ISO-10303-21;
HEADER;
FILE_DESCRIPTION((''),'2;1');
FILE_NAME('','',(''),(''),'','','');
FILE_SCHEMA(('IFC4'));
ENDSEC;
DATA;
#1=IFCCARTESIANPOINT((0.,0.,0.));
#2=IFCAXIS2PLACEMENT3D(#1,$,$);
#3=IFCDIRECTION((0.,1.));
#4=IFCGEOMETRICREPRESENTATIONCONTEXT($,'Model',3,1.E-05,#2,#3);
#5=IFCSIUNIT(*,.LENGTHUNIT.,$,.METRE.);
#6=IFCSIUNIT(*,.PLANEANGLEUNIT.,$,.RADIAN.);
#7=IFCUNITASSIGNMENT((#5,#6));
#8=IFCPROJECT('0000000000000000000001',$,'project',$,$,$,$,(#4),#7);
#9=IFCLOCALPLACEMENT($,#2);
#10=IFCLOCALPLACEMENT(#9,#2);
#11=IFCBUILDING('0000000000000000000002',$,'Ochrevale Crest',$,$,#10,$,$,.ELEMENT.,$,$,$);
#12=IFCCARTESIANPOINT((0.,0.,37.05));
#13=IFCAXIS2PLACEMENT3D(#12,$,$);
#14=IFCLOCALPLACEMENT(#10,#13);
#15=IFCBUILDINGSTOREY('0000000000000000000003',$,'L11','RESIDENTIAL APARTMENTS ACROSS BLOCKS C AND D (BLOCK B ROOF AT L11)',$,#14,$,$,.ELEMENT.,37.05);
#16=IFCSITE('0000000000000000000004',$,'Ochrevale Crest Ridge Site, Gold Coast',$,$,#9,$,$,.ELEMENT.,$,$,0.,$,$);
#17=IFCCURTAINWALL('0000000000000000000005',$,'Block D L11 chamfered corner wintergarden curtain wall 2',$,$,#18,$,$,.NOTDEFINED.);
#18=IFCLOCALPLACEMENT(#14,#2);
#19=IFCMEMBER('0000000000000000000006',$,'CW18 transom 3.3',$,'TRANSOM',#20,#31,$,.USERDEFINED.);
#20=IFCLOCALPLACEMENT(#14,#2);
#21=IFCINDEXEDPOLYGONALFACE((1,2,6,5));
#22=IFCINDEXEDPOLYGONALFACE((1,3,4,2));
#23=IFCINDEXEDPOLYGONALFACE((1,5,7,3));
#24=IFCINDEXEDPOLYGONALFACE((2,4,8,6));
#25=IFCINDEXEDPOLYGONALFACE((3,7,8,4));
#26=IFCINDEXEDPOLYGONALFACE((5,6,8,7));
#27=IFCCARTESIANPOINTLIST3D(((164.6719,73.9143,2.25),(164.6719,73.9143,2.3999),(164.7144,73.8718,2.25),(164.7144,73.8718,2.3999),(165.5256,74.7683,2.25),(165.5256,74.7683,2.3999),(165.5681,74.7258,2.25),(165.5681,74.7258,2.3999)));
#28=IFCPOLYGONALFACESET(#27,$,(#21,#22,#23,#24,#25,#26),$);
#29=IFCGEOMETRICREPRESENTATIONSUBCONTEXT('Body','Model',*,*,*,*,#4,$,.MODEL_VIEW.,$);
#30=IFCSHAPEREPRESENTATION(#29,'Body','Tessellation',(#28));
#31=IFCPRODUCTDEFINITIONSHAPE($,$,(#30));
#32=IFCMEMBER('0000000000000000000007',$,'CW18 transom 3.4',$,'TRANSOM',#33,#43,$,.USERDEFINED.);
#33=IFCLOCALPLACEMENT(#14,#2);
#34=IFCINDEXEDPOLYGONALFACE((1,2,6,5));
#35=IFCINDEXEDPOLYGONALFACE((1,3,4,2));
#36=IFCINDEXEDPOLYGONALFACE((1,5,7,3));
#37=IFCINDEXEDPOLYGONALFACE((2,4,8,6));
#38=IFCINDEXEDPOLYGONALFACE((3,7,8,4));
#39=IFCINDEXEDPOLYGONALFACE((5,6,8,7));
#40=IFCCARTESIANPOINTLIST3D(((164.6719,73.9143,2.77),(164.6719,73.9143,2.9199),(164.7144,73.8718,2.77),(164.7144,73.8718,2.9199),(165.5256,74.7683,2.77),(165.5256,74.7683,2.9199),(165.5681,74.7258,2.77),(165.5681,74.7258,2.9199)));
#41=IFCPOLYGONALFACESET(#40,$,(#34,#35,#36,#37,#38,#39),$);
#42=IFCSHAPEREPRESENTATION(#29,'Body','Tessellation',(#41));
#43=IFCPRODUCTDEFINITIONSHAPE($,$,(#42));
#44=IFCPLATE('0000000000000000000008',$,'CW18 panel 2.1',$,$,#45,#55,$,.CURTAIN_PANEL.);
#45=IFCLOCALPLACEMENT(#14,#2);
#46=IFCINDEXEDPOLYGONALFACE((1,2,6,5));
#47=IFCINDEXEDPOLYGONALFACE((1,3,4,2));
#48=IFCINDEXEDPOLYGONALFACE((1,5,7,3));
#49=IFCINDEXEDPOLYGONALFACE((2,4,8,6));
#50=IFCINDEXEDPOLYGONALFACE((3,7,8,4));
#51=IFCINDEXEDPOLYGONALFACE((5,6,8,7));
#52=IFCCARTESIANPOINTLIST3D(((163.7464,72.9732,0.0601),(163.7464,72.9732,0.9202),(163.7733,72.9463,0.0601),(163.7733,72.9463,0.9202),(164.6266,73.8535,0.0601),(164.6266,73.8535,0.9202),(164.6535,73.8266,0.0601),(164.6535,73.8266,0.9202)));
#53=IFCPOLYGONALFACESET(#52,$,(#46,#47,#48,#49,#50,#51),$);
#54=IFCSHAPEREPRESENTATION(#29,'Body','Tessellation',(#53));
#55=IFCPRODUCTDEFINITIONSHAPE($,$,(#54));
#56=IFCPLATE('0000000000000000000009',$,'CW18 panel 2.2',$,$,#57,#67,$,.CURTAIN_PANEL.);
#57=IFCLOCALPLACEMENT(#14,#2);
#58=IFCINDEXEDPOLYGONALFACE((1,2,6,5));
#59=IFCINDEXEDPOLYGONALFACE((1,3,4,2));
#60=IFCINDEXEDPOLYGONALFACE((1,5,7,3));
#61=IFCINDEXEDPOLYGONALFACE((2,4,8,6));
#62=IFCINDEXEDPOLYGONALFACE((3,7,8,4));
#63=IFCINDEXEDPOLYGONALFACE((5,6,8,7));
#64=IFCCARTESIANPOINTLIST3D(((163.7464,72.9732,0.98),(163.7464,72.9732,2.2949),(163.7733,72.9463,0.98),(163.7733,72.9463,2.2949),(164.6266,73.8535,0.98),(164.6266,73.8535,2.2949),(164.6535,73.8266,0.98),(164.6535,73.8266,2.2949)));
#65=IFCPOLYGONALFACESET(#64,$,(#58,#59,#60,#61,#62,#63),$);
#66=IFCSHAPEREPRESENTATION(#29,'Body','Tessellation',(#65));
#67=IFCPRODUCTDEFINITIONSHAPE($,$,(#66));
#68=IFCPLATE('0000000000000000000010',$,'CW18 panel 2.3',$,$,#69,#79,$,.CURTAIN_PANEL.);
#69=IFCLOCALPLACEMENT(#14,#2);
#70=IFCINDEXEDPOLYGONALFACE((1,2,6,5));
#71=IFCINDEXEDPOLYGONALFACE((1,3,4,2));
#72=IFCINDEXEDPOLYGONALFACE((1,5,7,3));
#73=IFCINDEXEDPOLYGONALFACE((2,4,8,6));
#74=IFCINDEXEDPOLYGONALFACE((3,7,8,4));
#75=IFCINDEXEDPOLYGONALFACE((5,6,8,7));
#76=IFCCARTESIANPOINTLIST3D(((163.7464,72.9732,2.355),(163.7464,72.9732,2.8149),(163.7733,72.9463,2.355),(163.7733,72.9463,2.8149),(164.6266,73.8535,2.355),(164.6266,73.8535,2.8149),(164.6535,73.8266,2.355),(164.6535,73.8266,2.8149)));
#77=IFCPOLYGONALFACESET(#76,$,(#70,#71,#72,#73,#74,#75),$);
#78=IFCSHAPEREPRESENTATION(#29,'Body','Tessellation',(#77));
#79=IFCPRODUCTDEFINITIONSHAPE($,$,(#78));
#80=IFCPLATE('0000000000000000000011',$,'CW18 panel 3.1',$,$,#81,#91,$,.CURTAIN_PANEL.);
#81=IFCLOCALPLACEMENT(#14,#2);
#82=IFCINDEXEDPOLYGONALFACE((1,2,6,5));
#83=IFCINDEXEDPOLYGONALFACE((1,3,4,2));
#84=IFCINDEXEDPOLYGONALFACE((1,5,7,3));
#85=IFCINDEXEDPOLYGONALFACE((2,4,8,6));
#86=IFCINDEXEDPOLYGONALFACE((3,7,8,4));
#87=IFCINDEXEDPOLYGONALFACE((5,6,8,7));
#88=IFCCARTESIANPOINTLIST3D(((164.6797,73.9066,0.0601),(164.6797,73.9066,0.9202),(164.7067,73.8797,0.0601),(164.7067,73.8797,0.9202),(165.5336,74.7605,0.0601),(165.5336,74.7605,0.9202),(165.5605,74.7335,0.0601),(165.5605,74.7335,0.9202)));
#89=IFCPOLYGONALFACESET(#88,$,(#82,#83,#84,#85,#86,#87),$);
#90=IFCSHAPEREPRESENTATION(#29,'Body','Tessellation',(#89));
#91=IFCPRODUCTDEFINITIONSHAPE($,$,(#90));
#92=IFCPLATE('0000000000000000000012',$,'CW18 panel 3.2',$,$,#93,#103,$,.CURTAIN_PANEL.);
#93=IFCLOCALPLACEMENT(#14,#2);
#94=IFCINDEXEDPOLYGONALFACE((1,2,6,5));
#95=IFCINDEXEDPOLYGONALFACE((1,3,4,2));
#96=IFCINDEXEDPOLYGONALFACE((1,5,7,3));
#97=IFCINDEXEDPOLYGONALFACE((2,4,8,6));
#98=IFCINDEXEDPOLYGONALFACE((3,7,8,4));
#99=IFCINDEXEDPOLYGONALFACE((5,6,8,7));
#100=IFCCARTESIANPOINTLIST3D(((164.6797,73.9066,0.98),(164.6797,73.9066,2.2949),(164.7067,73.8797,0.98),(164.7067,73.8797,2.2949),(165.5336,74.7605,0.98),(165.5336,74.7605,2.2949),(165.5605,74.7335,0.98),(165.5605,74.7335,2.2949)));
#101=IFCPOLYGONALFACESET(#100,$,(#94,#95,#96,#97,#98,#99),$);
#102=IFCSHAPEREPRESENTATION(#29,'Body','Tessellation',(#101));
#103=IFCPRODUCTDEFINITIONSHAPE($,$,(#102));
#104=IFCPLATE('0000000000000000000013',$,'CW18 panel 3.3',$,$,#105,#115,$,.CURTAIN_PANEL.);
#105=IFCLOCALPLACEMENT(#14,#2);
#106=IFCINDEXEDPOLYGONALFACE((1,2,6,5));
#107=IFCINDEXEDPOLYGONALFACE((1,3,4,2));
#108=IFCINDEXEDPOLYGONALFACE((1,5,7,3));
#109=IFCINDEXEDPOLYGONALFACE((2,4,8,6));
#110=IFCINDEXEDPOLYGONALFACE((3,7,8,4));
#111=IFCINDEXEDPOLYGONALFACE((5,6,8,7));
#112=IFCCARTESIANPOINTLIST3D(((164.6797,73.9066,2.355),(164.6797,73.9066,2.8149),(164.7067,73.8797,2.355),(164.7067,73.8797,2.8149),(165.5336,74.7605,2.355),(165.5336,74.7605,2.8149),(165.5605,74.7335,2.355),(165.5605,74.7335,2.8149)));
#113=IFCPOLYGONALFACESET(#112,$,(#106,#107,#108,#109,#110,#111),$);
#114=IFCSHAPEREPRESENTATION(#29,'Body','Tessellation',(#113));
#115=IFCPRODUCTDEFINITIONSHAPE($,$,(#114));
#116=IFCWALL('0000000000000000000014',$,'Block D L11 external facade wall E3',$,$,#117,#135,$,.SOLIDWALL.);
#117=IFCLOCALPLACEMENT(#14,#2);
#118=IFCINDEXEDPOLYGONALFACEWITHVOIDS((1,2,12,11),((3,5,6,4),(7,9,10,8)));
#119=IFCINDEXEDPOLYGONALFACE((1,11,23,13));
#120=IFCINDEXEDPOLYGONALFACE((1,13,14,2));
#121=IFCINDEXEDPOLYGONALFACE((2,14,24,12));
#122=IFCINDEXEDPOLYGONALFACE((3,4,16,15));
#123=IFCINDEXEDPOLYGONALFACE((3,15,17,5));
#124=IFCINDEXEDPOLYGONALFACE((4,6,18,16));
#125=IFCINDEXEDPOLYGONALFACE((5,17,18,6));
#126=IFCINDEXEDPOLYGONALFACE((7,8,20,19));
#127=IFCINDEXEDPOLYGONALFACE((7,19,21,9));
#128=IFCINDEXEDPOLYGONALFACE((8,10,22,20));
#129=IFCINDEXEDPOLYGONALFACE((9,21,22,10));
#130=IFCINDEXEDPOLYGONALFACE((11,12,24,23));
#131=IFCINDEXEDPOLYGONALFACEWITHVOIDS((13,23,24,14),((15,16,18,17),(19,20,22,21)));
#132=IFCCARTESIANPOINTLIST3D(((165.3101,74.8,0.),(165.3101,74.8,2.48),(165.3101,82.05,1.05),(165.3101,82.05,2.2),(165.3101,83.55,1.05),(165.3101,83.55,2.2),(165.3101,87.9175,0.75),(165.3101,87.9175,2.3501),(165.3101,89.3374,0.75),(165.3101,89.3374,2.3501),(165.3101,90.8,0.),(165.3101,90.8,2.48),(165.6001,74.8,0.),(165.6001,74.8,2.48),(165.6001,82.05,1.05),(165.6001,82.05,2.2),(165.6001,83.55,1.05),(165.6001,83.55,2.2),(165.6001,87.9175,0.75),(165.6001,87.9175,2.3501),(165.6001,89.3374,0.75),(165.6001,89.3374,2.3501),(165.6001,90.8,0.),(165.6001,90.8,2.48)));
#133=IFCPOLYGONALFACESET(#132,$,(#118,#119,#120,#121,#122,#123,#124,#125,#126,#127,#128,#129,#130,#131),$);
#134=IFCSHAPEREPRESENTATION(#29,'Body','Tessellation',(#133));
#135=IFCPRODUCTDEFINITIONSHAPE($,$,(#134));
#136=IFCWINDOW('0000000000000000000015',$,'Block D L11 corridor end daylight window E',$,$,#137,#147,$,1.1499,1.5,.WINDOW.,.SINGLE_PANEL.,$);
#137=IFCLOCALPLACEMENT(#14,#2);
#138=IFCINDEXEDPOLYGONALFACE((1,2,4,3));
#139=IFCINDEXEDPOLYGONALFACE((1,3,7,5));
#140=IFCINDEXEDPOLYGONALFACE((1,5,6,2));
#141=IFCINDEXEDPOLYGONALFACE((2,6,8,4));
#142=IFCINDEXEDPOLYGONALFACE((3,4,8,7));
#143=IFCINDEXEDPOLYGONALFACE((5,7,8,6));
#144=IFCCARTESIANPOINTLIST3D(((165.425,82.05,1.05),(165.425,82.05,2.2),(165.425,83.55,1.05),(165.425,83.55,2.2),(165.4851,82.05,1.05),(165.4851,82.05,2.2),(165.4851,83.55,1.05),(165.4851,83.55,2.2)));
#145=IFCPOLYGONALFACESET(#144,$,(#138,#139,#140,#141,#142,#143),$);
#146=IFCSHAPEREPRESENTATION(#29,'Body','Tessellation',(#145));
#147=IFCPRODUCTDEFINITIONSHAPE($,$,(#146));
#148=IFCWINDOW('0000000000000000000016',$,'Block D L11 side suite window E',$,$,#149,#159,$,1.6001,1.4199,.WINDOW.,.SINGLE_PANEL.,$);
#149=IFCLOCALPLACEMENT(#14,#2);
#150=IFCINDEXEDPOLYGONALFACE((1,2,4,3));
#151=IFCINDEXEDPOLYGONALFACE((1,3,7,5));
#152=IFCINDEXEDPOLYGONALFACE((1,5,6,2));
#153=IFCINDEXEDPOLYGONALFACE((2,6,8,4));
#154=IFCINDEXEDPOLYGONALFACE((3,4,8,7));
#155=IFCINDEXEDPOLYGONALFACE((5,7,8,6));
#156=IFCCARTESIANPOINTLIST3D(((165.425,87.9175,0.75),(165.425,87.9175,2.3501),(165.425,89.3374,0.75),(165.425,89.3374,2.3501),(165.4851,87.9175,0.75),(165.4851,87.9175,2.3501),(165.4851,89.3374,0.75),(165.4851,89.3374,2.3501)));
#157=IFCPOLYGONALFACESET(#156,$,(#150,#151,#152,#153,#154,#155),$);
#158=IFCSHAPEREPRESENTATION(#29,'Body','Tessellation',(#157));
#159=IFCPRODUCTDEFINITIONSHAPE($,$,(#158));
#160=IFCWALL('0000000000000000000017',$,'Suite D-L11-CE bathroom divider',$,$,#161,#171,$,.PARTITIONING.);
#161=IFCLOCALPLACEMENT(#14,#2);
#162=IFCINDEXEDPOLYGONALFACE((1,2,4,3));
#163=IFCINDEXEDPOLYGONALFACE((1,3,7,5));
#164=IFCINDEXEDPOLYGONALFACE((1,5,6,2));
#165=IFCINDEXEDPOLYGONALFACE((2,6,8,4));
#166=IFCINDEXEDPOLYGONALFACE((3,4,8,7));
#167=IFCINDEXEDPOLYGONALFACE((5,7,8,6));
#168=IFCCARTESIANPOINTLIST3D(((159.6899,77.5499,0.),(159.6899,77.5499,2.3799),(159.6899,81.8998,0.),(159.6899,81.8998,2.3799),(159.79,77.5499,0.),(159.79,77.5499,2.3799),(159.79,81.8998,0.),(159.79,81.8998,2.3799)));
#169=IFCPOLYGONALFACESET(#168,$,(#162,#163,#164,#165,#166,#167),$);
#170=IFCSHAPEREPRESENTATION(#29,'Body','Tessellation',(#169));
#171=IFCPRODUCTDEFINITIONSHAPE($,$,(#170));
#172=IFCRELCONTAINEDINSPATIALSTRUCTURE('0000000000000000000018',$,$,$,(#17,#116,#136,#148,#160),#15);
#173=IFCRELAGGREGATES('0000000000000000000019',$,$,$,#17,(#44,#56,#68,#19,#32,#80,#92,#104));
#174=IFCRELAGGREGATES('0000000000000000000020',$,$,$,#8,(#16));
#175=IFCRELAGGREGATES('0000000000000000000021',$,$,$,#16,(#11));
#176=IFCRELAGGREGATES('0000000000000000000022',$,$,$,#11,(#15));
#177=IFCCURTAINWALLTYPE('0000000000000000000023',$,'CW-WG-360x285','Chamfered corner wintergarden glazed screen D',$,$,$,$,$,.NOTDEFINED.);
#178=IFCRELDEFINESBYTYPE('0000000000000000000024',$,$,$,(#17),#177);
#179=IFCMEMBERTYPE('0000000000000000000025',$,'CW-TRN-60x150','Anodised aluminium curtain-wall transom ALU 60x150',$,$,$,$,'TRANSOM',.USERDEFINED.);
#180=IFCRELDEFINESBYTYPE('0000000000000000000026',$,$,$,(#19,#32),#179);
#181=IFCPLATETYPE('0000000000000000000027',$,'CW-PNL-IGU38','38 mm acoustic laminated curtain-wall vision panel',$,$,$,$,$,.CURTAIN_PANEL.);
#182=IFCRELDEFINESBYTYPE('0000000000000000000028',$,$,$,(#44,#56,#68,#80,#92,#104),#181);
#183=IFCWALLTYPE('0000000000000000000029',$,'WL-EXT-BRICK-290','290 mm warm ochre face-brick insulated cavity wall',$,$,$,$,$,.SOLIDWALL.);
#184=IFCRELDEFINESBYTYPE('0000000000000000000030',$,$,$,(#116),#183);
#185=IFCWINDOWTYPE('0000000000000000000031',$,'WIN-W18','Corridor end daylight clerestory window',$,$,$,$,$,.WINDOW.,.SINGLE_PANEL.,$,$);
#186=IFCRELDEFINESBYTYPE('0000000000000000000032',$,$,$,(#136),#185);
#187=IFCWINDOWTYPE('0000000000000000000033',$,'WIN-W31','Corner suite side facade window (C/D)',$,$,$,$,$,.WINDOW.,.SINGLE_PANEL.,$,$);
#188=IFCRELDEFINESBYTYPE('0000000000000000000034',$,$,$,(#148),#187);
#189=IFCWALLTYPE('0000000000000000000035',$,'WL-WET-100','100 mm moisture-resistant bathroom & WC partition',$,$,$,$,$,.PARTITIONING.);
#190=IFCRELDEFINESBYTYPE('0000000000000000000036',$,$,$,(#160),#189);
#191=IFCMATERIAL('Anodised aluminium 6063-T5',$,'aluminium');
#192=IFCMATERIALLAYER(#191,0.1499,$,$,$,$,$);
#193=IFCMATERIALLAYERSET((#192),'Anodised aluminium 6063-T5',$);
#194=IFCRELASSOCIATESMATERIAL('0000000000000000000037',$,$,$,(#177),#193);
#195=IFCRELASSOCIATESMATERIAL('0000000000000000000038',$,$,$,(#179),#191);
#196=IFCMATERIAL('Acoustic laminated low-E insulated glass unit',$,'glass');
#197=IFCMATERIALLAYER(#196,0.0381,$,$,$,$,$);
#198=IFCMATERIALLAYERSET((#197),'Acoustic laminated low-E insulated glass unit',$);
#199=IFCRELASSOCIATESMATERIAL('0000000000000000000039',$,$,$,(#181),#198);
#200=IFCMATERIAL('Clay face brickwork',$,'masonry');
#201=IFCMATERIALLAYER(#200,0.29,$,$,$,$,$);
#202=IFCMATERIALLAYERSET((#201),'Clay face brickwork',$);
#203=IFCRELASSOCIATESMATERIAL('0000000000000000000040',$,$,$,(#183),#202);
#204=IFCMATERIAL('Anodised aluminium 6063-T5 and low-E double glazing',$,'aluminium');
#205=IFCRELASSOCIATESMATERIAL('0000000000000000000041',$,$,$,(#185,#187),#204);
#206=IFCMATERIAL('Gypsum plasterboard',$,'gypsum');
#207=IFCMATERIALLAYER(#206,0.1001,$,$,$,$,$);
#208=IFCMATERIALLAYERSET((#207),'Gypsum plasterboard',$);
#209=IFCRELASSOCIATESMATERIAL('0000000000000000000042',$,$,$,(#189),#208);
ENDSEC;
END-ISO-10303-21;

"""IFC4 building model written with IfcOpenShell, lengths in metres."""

from ifc_helpers import new_model, si_unit, direction, frame, frame_2d, origin, origin_2d, place, context, subcontext, project, spatial, rectangle, extrude, material, layer, layer_set, material_profile, profile_set, type_object, element, fill, aggregate, save


model = new_model("IFC4")

# Units and contexts
model_context = context("Model", 3, precision=1e-05, world=origin(), true_north=direction((0.0, 1.0)))
body_context = subcontext(model_context, "Body", "Model", "MODEL_VIEW")
ifc_project = project(units=[si_unit("LENGTHUNIT", "METRE"), si_unit("PLANEANGLEUNIT", "RADIAN")], contexts=[model_context])

# Site, building, storey
site_placement = place(None, origin())
site = spatial("IfcSite", under=ifc_project, at=site_placement, Name="Ochrevale Crest Ridge Site, Gold Coast", CompositionType="ELEMENT", RefElevation=0.0)
building_placement = place(site_placement, origin())
building = spatial("IfcBuilding", under=site, at=building_placement, Name="Ochrevale Crest", CompositionType="ELEMENT")
storey_placement = place(building_placement, frame((0.0, 0.0, 37.05)))
storey = spatial("IfcBuildingStorey", under=building, at=storey_placement, Name="L11", Description="RESIDENTIAL APARTMENTS ACROSS BLOCKS C AND D (BLOCK B ROOF AT L11)", CompositionType="ELEMENT", Elevation=37.05)

# Curtain wall, members, plates
ifc_material_1 = material(Name="Anodised aluminium 6063-T5", Category="aluminium")
ifc_layer_1 = layer(ifc_material_1, 0.1499)
ifc_layer_set_1 = layer_set([ifc_layer_1], Name="Anodised aluminium 6063-T5")
curtain_wall_type = type_object("IfcCurtainWallType", Name="CW-WG-360x285", Description="Chamfered corner wintergarden glazed screen D", PredefinedType="NOTDEFINED", material=ifc_layer_set_1)
curtain_wall_placement = place(storey_placement, origin())
curtain_wall = element("IfcCurtainWall", 1, at=curtain_wall_placement, inside=storey, type_object=curtain_wall_type, Name="Block D L11 chamfered corner wintergarden curtain wall 2", PredefinedType="NOTDEFINED")
ifc_material_profile_1 = material_profile(ifc_material_1, rectangle(XDim=0.0601, YDim=0.1499, at=origin_2d()), Name="ALU 60x150")
ifc_profile_set_1 = profile_set([ifc_material_profile_1], Name="Anodised aluminium 6063-T5")
member_type_1 = type_object("IfcMemberType", Name="CW-TRN-60x150", Description="Anodised aluminium curtain-wall transom ALU 60x150", ElementType="TRANSOM", PredefinedType="USERDEFINED", material=ifc_profile_set_1)
member_1_placement = place(storey_placement, frame((164.6931, 73.8931, 2.325), z_axis=(0.707006, 0.707208, 0.0), x_axis=(-0.707208, 0.707006, 0.0)))
member_1 = element("IfcMember", 2, at=member_1_placement, type_object=member_type_1, Name="CW18 transom 3.3", ObjectType="TRANSOM", PredefinedType="USERDEFINED", context=body_context, shape_type="SweptSolid", body=[
    extrude(rectangle(XDim=0.0601, YDim=0.1499, at=origin_2d()), origin(), (0.0, 0.0, 1.0), 1.2075),
])
member_2_placement = place(storey_placement, frame((164.6931, 73.8931, 2.845), z_axis=(0.707006, 0.707208, 0.0), x_axis=(-0.707208, 0.707006, 0.0)))
member_2 = element("IfcMember", 3, at=member_2_placement, type_object=member_type_1, Name="CW18 transom 3.4", ObjectType="TRANSOM", PredefinedType="USERDEFINED", context=body_context, shape_type="SweptSolid", body=[
    extrude(rectangle(XDim=0.0601, YDim=0.1499, at=origin_2d()), origin(), (0.0, 0.0, 1.0), 1.2075),
])
ifc_material_2 = material(Name="Acoustic laminated low-E insulated glass unit", Category="glass")
ifc_layer_2 = layer(ifc_material_2, 0.0381)
ifc_layer_set_2 = layer_set([ifc_layer_2], Name="Acoustic laminated low-E insulated glass unit")
plate_type = type_object("IfcPlateType", Name="CW-PNL-IGU38", Description="38 mm acoustic laminated curtain-wall vision panel", PredefinedType="CURTAIN_PANEL", material=ifc_layer_set_2)
plate_1_placement = place(storey_placement, frame((164.2, 73.3999, 0.0601), z_axis=(0.0, 0.0, 1.0), x_axis=(0.707107, 0.707107, 0.0)))
plate_1 = element("IfcPlate", 4, at=plate_1_placement, type_object=plate_type, Name="CW18 panel 2.1", PredefinedType="CURTAIN_PANEL", context=body_context, shape_type="SweptSolid", body=[
    extrude(rectangle(XDim=1.2449, YDim=0.0381, at=origin_2d()), origin(), (0.0, 0.0, 1.0), 0.8601),
])
plate_2_placement = place(storey_placement, frame((164.2, 73.3999, 0.98), z_axis=(0.0, 0.0, 1.0), x_axis=(0.707107, 0.707107, 0.0)))
plate_2 = element("IfcPlate", 5, at=plate_2_placement, type_object=plate_type, Name="CW18 panel 2.2", PredefinedType="CURTAIN_PANEL", context=body_context, shape_type="SweptSolid", body=[
    extrude(rectangle(XDim=1.2449, YDim=0.0381, at=origin_2d()), origin(), (0.0, 0.0, 1.0), 1.3149),
])
plate_3_placement = place(storey_placement, frame((164.2, 73.3999, 2.355), z_axis=(0.0, 0.0, 1.0), x_axis=(0.707107, 0.707107, 0.0)))
plate_3 = element("IfcPlate", 6, at=plate_3_placement, type_object=plate_type, Name="CW18 panel 2.3", PredefinedType="CURTAIN_PANEL", context=body_context, shape_type="SweptSolid", body=[
    extrude(rectangle(XDim=1.2449, YDim=0.0381, at=origin_2d()), origin(), (0.0, 0.0, 1.0), 0.46),
])
plate_4_placement = place(storey_placement, frame((165.1201, 74.3201, 0.0601), z_axis=(0.0, 0.0, 1.0), x_axis=(0.707107, 0.707107, 0.0)))
plate_4 = element("IfcPlate", 7, at=plate_4_placement, type_object=plate_type, Name="CW18 panel 3.1", PredefinedType="CURTAIN_PANEL", context=body_context, shape_type="SweptSolid", body=[
    extrude(rectangle(XDim=1.2075, YDim=0.0381, at=origin_2d()), origin(), (0.0, 0.0, 1.0), 0.8601),
])
plate_5_placement = place(storey_placement, frame((165.1201, 74.3201, 0.98), z_axis=(0.0, 0.0, 1.0), x_axis=(0.707107, 0.707107, 0.0)))
plate_5 = element("IfcPlate", 8, at=plate_5_placement, type_object=plate_type, Name="CW18 panel 3.2", PredefinedType="CURTAIN_PANEL", context=body_context, shape_type="SweptSolid", body=[
    extrude(rectangle(XDim=1.2075, YDim=0.0381, at=origin_2d()), origin(), (0.0, 0.0, 1.0), 1.3149),
])
plate_6_placement = place(storey_placement, frame((165.1201, 74.3201, 2.355), z_axis=(0.0, 0.0, 1.0), x_axis=(0.707107, 0.707107, 0.0)))
plate_6 = element("IfcPlate", 9, at=plate_6_placement, type_object=plate_type, Name="CW18 panel 3.3", PredefinedType="CURTAIN_PANEL", context=body_context, shape_type="SweptSolid", body=[
    extrude(rectangle(XDim=1.2075, YDim=0.0381, at=origin_2d()), origin(), (0.0, 0.0, 1.0), 0.46),
])
aggregate(curtain_wall, [plate_1, plate_2, plate_3, member_1, member_2, plate_4, plate_5, plate_6])

# Wall, openings, windows
ifc_material_3 = material(Name="Clay face brickwork", Category="masonry")
ifc_layer_3 = layer(ifc_material_3, 0.29)
ifc_layer_set_3 = layer_set([ifc_layer_3], Name="Clay face brickwork")
wall_type_1 = type_object("IfcWallType", Name="WL-EXT-BRICK-290", Description="290 mm warm ochre face-brick insulated cavity wall", PredefinedType="SOLIDWALL", material=ifc_layer_set_3)
wall_1_placement = place(storey_placement, frame((165.4551, 74.8, 0.0), z_axis=(0.0, 0.0, 1.0), x_axis=(0.0, 1.0, 0.0)))
wall_1 = element("IfcWall", 10, at=wall_1_placement, inside=storey, type_object=wall_type_1, Name="Block D L11 external facade wall E3", PredefinedType="SOLIDWALL", context=body_context, shape_type="SweptSolid", body=[
    extrude(rectangle(XDim=16.0, YDim=0.29, at=frame_2d((8.0, 0.0))), origin(), (0.0, 0.0, 1.0), 2.48),
])
opening_1_placement = place(wall_1_placement, frame((7.25, 0.0, 1.05)))
opening_1 = element("IfcOpeningElement", 11, at=opening_1_placement, cuts=wall_1, PredefinedType="OPENING", context=body_context, shape_type="SweptSolid", body=[
    extrude(rectangle(XDim=1.5, YDim=1.1499, at=frame_2d((0.75, 0.575))), frame((0.0, 0.155, 0.0), z_axis=(0.0, -1.0, 0.0), x_axis=(1.0, 0.0, 0.0)), (0.0, 0.0, 1.0), 0.3101),
])
opening_2_placement = place(wall_1_placement, frame((13.1174, 0.0, 0.75)))
opening_2 = element("IfcOpeningElement", 12, at=opening_2_placement, cuts=wall_1, PredefinedType="OPENING", context=body_context, shape_type="SweptSolid", body=[
    extrude(rectangle(XDim=1.4199, YDim=1.6001, at=frame_2d((0.71, 0.8))), frame((0.0, 0.155, 0.0), z_axis=(0.0, -1.0, 0.0), x_axis=(1.0, 0.0, 0.0)), (0.0, 0.0, 1.0), 0.3101),
])
ifc_material_4 = material(Name="Anodised aluminium 6063-T5 and low-E double glazing", Category="aluminium")
window_type_1 = type_object("IfcWindowType", Name="WIN-W18", Description="Corridor end daylight clerestory window", PartitioningType="SINGLE_PANEL", PredefinedType="WINDOW", material=ifc_material_4)
window_1_placement = place(opening_1_placement, origin())
window_1 = element("IfcWindow", 13, at=window_1_placement, inside=storey, type_object=window_type_1, Name="Block D L11 corridor end daylight window E", OverallHeight=1.1499, OverallWidth=1.5, PartitioningType="SINGLE_PANEL", PredefinedType="WINDOW", context=body_context, shape_type="SweptSolid", body=[
    extrude(rectangle(XDim=1.5, YDim=1.1499, at=frame_2d((0.75, 0.575))), frame((0.0, 0.03, 0.0), z_axis=(0.0, -1.0, 0.0), x_axis=(1.0, 0.0, 0.0)), (0.0, 0.0, 1.0), 0.0601),
])
fill(opening_1, window_1)
window_type_2 = type_object("IfcWindowType", Name="WIN-W31", Description="Corner suite side facade window (C/D)", PartitioningType="SINGLE_PANEL", PredefinedType="WINDOW", material=ifc_material_4)
window_2_placement = place(opening_2_placement, origin())
window_2 = element("IfcWindow", 14, at=window_2_placement, inside=storey, type_object=window_type_2, Name="Block D L11 side suite window E", OverallHeight=1.6001, OverallWidth=1.4199, PartitioningType="SINGLE_PANEL", PredefinedType="WINDOW", context=body_context, shape_type="SweptSolid", body=[
    extrude(rectangle(XDim=1.4199, YDim=1.6001, at=frame_2d((0.71, 0.8))), frame((0.0, 0.03, 0.0), z_axis=(0.0, -1.0, 0.0), x_axis=(1.0, 0.0, 0.0)), (0.0, 0.0, 1.0), 0.0601),
])
fill(opening_2, window_2)

# Wall
ifc_material_5 = material(Name="Gypsum plasterboard", Category="gypsum")
ifc_layer_4 = layer(ifc_material_5, 0.1001)
ifc_layer_set_4 = layer_set([ifc_layer_4], Name="Gypsum plasterboard")
wall_type_2 = type_object("IfcWallType", Name="WL-WET-100", Description="100 mm moisture-resistant bathroom & WC partition", PredefinedType="PARTITIONING", material=ifc_layer_set_4)
wall_2_placement = place(storey_placement, frame((159.74, 77.55, 0.0), z_axis=(0.0, 0.0, 1.0), x_axis=(0.0, 1.0, 0.0)))
element("IfcWall", 15, at=wall_2_placement, inside=storey, type_object=wall_type_2, Name="Suite D-L11-CE bathroom divider", PredefinedType="PARTITIONING", context=body_context, shape_type="SweptSolid", body=[
    extrude(rectangle(XDim=4.3499, YDim=0.1001, at=frame_2d((2.1748, 0.0))), origin(), (0.0, 0.0, 1.0), 2.3799),
])

save(model, "model.ifc")
